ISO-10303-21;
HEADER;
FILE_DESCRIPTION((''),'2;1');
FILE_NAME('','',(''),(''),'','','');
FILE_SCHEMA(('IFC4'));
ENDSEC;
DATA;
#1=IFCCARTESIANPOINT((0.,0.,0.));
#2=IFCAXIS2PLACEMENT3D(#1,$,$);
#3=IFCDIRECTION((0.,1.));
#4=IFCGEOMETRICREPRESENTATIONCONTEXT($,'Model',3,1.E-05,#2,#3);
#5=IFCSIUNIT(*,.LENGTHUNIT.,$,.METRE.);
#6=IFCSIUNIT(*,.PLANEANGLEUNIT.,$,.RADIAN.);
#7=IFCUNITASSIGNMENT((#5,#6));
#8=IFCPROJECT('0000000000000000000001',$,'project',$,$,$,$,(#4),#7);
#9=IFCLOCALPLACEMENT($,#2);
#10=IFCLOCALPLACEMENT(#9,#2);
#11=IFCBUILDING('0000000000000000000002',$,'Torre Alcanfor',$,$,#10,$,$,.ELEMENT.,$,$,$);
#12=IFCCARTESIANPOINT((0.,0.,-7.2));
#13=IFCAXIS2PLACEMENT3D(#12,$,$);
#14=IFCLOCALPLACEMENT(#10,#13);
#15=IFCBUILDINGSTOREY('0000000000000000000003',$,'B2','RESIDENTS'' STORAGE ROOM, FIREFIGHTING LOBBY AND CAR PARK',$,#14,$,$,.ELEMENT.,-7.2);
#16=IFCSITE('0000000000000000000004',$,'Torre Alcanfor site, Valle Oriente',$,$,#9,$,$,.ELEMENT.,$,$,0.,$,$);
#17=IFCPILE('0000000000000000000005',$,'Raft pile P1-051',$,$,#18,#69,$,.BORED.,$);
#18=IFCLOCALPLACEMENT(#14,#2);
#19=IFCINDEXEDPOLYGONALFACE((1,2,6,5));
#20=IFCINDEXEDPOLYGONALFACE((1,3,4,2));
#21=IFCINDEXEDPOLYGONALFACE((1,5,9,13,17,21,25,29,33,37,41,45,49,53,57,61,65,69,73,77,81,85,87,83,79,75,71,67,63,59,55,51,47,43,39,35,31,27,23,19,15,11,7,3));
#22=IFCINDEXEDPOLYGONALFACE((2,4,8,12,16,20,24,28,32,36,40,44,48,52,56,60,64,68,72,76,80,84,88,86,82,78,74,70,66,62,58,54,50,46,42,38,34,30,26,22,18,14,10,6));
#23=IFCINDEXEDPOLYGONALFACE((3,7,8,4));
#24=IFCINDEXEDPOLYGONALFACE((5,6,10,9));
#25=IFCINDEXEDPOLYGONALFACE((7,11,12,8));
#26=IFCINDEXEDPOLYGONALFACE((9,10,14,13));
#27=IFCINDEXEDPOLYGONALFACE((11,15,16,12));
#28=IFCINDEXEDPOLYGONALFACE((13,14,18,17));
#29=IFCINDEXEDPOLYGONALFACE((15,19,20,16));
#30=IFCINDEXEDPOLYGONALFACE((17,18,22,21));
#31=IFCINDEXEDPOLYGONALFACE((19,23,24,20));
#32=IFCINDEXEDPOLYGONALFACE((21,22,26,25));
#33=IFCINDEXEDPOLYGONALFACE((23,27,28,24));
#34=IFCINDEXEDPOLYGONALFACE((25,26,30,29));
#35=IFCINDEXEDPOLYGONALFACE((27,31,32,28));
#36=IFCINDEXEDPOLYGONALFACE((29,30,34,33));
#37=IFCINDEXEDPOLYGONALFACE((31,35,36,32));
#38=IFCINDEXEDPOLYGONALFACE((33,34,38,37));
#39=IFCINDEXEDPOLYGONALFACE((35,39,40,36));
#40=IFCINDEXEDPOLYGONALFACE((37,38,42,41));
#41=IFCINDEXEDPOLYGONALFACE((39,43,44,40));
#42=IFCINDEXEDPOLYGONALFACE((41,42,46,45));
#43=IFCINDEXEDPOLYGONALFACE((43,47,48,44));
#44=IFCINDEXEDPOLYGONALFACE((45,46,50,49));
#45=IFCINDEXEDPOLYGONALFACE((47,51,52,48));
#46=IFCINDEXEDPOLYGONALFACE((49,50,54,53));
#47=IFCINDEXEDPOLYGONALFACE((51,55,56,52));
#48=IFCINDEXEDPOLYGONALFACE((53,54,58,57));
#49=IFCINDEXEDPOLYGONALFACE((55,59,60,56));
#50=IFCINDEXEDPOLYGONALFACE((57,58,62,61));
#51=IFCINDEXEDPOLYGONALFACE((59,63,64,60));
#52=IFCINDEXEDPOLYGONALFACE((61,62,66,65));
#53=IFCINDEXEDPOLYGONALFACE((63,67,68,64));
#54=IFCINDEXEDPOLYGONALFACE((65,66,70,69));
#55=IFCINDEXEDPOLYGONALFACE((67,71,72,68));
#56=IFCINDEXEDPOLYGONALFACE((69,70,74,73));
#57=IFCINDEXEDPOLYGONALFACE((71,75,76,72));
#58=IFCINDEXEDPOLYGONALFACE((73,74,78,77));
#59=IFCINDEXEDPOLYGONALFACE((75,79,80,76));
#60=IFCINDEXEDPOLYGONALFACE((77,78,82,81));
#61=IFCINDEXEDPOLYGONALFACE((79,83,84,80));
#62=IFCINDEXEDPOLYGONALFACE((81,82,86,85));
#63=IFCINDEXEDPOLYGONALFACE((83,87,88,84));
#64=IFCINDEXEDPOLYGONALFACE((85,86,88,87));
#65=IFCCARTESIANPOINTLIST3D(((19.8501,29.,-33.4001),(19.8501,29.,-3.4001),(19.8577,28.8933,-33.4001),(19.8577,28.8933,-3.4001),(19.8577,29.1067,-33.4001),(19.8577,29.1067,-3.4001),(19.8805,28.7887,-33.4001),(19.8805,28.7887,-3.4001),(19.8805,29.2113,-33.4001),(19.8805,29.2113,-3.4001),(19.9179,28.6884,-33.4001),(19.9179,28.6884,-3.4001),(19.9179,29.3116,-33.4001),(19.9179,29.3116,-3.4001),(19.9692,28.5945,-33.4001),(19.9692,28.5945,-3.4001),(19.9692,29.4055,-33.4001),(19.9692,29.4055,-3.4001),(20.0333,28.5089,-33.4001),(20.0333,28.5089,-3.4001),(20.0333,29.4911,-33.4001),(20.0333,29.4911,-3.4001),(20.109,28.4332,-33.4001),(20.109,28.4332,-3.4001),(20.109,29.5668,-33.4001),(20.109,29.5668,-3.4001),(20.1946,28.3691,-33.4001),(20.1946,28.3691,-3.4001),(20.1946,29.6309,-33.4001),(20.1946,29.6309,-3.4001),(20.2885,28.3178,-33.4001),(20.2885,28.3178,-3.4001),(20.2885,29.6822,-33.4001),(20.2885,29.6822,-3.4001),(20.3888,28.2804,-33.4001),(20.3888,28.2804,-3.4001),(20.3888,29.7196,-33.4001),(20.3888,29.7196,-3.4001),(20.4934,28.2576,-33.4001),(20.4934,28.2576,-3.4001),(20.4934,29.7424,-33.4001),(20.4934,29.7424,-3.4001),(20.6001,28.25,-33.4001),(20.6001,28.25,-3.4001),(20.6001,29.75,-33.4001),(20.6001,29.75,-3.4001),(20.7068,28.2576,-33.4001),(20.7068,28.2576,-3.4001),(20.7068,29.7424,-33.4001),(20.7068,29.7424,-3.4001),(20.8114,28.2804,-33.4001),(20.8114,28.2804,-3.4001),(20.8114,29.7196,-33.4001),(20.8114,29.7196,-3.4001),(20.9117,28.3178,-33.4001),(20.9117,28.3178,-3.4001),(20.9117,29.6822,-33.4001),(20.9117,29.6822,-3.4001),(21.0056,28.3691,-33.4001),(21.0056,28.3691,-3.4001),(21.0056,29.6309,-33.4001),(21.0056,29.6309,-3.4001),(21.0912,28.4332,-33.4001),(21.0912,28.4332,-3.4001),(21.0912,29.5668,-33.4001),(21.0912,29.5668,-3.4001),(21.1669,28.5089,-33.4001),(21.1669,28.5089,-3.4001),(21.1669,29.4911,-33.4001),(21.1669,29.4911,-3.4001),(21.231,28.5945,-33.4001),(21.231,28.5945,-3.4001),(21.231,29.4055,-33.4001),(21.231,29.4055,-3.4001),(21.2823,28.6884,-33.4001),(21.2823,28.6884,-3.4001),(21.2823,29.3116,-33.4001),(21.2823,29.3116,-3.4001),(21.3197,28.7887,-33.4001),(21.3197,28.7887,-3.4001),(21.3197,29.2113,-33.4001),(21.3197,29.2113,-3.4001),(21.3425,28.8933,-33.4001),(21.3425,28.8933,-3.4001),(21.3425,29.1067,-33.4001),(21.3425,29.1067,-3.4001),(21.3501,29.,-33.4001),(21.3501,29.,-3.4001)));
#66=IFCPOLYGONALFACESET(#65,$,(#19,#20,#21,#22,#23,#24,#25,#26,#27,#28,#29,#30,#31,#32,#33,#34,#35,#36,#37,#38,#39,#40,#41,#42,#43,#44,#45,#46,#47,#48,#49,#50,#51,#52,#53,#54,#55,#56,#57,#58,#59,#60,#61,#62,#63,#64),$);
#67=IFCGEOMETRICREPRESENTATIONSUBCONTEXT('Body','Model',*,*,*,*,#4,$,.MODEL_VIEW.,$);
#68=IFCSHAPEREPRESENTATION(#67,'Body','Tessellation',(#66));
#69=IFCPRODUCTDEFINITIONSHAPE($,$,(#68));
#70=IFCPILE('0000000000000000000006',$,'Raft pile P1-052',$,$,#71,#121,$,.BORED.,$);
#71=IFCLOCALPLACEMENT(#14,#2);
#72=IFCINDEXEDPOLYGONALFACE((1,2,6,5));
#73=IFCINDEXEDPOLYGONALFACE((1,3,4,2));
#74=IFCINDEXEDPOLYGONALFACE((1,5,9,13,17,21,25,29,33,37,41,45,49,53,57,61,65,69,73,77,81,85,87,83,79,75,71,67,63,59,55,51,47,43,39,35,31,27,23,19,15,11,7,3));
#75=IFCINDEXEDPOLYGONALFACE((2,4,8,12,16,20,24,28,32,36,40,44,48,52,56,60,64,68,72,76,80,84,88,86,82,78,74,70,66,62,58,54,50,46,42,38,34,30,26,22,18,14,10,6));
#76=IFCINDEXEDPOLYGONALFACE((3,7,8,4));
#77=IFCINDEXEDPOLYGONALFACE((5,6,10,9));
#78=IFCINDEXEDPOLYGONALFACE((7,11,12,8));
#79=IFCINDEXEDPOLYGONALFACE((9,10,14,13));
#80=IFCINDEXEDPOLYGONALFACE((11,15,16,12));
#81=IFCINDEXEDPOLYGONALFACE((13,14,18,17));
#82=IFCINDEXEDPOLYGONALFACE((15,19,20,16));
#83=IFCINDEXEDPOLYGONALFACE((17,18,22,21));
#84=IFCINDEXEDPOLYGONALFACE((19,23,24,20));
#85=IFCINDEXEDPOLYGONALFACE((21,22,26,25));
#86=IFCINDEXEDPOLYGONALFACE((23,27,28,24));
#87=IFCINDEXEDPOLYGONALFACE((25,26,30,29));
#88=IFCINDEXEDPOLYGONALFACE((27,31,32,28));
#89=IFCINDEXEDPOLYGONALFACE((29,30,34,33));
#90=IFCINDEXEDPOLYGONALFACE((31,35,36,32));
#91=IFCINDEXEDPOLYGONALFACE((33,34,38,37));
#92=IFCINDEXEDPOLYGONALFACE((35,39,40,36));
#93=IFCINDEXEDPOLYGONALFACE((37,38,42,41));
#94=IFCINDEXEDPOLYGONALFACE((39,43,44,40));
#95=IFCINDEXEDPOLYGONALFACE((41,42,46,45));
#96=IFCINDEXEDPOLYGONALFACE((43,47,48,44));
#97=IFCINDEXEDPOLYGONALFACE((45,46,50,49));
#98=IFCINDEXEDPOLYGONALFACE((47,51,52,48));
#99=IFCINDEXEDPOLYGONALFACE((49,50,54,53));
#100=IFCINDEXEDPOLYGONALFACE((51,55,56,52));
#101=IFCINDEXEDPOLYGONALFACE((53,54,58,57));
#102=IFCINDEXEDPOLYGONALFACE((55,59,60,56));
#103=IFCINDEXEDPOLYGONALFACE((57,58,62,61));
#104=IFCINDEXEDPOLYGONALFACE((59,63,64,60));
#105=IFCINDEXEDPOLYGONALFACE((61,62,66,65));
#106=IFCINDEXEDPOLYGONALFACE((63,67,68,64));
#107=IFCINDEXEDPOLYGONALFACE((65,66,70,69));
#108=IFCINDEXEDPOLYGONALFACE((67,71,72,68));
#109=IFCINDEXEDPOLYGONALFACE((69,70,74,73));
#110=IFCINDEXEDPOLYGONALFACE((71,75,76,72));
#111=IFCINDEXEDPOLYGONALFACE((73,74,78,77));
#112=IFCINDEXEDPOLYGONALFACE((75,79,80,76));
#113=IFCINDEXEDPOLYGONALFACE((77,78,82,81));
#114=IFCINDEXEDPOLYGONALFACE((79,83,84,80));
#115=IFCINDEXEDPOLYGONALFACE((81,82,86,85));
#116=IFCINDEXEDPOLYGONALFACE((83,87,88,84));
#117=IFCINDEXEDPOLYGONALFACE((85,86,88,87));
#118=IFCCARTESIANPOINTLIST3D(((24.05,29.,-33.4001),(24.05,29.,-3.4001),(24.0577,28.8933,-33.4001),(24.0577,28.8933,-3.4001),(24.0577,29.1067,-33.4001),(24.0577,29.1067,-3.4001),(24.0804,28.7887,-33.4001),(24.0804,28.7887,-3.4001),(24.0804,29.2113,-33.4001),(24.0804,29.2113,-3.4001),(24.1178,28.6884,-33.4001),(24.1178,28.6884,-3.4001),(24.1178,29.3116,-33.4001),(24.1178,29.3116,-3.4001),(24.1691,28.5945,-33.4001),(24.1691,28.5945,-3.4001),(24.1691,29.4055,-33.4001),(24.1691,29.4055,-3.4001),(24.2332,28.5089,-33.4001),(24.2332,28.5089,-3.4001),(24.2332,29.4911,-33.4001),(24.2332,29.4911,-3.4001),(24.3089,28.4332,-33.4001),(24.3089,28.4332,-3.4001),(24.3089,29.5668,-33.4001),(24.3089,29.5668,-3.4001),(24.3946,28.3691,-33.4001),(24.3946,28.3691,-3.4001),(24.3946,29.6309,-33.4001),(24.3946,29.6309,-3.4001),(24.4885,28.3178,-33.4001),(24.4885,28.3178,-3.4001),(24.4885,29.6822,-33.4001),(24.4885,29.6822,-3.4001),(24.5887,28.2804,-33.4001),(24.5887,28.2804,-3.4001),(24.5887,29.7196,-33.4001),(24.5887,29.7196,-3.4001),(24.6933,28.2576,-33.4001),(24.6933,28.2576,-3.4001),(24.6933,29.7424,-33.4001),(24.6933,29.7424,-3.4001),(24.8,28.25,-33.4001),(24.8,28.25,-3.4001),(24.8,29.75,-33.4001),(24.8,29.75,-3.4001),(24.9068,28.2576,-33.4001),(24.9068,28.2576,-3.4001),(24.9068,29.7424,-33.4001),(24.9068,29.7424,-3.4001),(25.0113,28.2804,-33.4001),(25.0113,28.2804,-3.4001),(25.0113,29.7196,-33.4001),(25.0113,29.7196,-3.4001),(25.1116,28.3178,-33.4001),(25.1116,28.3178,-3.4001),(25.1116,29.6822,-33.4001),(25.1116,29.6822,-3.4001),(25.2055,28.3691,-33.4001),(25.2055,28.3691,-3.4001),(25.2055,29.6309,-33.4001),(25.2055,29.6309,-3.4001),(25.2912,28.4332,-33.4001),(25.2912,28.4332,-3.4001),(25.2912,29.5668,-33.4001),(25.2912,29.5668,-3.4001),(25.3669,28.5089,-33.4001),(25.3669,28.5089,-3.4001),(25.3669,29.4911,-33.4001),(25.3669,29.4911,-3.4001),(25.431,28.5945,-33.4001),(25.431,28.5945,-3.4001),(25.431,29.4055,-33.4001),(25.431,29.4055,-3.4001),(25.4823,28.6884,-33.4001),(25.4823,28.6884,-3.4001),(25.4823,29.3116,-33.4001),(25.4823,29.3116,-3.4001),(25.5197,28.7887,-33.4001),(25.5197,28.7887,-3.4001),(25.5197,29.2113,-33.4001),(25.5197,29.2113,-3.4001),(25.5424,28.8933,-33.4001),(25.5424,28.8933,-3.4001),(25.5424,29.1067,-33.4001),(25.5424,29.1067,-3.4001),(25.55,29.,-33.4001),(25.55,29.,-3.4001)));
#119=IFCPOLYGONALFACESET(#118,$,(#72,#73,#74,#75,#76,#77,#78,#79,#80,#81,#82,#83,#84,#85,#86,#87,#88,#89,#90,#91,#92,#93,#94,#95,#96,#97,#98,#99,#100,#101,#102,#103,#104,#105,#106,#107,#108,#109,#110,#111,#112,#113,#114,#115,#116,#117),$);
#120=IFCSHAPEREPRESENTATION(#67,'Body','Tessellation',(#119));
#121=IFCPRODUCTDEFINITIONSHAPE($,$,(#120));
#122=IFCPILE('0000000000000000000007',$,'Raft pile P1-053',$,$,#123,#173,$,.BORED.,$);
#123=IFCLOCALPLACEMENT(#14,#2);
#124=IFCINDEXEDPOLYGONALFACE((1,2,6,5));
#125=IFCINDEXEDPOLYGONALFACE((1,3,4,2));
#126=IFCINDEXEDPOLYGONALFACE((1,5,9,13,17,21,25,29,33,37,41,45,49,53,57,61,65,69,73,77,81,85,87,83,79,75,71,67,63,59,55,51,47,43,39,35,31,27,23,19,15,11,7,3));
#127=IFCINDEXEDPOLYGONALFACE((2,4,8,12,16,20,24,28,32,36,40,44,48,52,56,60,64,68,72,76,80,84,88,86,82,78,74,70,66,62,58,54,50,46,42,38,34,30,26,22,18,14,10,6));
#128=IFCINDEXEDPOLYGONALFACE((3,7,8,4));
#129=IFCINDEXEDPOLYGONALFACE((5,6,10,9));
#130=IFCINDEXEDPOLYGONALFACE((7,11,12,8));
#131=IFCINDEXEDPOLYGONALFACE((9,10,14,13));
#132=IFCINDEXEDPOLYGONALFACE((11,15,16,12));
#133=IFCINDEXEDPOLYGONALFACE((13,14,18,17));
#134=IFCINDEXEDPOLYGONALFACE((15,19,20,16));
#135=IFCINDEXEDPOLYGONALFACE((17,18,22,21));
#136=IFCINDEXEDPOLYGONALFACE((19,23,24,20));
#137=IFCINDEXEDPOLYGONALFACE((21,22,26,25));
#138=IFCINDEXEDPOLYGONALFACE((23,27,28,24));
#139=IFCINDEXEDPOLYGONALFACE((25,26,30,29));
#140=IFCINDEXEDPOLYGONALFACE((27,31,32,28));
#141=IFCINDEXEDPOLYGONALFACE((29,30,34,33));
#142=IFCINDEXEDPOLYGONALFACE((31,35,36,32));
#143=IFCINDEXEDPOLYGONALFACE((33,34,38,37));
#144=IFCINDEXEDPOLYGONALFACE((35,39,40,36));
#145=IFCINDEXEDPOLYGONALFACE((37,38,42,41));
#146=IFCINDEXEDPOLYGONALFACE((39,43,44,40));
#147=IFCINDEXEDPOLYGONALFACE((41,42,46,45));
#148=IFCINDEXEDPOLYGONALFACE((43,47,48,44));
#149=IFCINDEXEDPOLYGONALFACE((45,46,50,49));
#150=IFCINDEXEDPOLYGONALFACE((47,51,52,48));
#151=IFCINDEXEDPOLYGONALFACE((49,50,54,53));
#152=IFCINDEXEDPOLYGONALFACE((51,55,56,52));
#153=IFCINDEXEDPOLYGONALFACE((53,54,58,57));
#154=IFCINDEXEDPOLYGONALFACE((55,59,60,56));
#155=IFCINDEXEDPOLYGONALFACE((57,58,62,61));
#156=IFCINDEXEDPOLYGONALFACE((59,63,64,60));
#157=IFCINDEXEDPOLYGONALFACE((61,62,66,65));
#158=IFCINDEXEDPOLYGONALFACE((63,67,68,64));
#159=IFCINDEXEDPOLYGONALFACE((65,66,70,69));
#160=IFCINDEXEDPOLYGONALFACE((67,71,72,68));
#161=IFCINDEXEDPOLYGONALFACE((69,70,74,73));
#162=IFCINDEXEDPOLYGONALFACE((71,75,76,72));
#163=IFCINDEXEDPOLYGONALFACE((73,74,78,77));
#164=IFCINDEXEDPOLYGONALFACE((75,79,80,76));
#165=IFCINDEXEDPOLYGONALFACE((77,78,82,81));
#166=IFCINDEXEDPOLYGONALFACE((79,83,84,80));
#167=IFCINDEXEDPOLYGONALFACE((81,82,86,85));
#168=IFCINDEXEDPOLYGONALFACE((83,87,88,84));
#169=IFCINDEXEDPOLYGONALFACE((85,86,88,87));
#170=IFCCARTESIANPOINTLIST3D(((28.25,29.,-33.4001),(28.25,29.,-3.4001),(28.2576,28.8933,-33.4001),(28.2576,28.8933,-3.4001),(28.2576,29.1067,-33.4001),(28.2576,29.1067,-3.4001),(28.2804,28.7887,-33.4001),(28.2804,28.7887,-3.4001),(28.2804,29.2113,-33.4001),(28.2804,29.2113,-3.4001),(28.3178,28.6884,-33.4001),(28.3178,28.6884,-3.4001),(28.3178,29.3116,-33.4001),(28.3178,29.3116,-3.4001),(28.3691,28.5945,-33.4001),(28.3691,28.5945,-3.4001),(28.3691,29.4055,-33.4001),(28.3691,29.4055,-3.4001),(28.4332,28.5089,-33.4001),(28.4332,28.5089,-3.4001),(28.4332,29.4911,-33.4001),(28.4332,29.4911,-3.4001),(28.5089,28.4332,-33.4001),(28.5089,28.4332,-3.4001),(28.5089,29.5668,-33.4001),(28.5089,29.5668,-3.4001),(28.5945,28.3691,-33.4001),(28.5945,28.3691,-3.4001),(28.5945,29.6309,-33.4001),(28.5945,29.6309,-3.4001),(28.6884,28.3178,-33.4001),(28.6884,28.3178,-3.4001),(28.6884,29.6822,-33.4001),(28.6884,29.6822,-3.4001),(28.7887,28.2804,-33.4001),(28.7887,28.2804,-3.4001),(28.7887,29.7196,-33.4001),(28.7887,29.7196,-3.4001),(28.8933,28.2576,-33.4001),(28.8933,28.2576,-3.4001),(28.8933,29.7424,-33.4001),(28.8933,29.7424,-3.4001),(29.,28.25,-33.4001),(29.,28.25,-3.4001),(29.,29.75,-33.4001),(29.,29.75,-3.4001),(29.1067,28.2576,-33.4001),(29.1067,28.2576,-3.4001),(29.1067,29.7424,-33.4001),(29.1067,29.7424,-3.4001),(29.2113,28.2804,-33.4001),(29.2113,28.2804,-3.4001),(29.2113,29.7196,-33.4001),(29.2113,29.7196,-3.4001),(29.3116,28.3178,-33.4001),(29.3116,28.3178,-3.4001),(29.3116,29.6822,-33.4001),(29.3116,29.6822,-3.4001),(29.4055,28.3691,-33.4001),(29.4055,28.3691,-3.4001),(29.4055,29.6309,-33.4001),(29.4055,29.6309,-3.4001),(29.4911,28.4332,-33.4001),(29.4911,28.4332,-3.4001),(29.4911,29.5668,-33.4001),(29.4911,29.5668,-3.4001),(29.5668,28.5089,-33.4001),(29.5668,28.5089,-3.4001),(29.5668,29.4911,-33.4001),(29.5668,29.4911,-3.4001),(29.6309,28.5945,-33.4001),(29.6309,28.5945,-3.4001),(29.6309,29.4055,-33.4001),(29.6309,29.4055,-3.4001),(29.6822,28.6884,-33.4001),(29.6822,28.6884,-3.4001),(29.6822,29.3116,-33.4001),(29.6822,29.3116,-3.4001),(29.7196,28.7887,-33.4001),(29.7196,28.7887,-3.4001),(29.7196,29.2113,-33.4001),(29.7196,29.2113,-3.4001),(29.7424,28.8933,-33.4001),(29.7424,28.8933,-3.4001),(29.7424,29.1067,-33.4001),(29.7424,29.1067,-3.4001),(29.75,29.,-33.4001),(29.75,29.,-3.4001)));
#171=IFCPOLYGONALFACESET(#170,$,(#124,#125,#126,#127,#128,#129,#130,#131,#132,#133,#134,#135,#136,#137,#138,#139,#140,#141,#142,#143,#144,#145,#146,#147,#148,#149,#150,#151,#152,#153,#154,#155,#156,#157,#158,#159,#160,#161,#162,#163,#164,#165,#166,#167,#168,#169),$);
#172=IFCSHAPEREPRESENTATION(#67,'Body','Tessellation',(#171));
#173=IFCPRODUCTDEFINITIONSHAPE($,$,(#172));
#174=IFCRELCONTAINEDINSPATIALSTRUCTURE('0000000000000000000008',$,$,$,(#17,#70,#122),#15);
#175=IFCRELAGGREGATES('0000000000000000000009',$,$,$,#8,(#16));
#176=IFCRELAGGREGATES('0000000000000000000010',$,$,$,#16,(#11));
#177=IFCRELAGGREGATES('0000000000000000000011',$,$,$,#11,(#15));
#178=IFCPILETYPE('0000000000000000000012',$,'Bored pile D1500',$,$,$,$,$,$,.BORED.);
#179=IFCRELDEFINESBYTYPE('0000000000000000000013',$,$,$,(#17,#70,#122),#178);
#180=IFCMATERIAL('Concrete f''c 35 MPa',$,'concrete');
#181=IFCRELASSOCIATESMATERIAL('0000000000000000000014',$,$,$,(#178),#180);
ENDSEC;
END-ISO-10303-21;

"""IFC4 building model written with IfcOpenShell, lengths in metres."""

from ifc_helpers import new_model, si_unit, direction, frame, origin, origin_2d, place, context, subcontext, project, spatial, circle, extrude, material, material_profile, profile_set, type_object, element, save


model = new_model("IFC4")

# Units and contexts
model_context = context("Model", 3, precision=1e-05, world=origin(), true_north=direction((0.0, 1.0)))
body_context = subcontext(model_context, "Body", "Model", "MODEL_VIEW")
ifc_project = project(units=[si_unit("LENGTHUNIT", "METRE"), si_unit("PLANEANGLEUNIT", "RADIAN")], contexts=[model_context])

# Site, building, storey
site_placement = place(None, origin())
site = spatial("IfcSite", under=ifc_project, at=site_placement, Name="Torre Alcanfor site, Valle Oriente", CompositionType="ELEMENT", RefElevation=0.0)
building_placement = place(site_placement, origin())
building = spatial("IfcBuilding", under=site, at=building_placement, Name="Torre Alcanfor", CompositionType="ELEMENT")
storey_placement = place(building_placement, frame((0.0, 0.0, -7.2)))
storey = spatial("IfcBuildingStorey", under=building, at=storey_placement, Name="B2", Description="RESIDENTS' STORAGE ROOM, FIREFIGHTING LOBBY AND CAR PARK", CompositionType="ELEMENT", Elevation=-7.2)

# Piles
ifc_material_1 = material(Name="Concrete f'c 35 MPa", Category="concrete")
ifc_material_profile_1 = material_profile(ifc_material_1, circle(Radius=0.75, at=origin_2d()), Name="D1500")
ifc_profile_set_1 = profile_set([ifc_material_profile_1], Name="Concrete f'c 35 MPa")
pile_type = type_object("IfcPileType", Name="Bored pile D1500", PredefinedType="BORED", material=ifc_profile_set_1)
for number, where, z_axis, x_axis, name in (
    (1, (20.6001, 29.0, -3.4001), (0.0, 0.0, -1.0), (1.0, 0.0, 0.0), "Raft pile P1-051"),
    (2, (24.8, 29.0, -3.4001), (0.0, 0.0, -1.0), (1.0, 0.0, 0.0), "Raft pile P1-052"),
    (3, (29.0, 29.0, -3.4001), (0.0, 0.0, -1.0), (1.0, 0.0, 0.0), "Raft pile P1-053"),
):
    element("IfcPile", number, at=place(storey_placement, frame(where, z_axis=z_axis, x_axis=x_axis)), inside=storey, type_object=pile_type, Name=name, PredefinedType="BORED", context=body_context, shape_type="SweptSolid", body=[
        extrude(circle(Radius=0.75, at=origin_2d()), origin(), (0.0, 0.0, 1.0), 30.0),
    ])

save(model, "model.ifc")
